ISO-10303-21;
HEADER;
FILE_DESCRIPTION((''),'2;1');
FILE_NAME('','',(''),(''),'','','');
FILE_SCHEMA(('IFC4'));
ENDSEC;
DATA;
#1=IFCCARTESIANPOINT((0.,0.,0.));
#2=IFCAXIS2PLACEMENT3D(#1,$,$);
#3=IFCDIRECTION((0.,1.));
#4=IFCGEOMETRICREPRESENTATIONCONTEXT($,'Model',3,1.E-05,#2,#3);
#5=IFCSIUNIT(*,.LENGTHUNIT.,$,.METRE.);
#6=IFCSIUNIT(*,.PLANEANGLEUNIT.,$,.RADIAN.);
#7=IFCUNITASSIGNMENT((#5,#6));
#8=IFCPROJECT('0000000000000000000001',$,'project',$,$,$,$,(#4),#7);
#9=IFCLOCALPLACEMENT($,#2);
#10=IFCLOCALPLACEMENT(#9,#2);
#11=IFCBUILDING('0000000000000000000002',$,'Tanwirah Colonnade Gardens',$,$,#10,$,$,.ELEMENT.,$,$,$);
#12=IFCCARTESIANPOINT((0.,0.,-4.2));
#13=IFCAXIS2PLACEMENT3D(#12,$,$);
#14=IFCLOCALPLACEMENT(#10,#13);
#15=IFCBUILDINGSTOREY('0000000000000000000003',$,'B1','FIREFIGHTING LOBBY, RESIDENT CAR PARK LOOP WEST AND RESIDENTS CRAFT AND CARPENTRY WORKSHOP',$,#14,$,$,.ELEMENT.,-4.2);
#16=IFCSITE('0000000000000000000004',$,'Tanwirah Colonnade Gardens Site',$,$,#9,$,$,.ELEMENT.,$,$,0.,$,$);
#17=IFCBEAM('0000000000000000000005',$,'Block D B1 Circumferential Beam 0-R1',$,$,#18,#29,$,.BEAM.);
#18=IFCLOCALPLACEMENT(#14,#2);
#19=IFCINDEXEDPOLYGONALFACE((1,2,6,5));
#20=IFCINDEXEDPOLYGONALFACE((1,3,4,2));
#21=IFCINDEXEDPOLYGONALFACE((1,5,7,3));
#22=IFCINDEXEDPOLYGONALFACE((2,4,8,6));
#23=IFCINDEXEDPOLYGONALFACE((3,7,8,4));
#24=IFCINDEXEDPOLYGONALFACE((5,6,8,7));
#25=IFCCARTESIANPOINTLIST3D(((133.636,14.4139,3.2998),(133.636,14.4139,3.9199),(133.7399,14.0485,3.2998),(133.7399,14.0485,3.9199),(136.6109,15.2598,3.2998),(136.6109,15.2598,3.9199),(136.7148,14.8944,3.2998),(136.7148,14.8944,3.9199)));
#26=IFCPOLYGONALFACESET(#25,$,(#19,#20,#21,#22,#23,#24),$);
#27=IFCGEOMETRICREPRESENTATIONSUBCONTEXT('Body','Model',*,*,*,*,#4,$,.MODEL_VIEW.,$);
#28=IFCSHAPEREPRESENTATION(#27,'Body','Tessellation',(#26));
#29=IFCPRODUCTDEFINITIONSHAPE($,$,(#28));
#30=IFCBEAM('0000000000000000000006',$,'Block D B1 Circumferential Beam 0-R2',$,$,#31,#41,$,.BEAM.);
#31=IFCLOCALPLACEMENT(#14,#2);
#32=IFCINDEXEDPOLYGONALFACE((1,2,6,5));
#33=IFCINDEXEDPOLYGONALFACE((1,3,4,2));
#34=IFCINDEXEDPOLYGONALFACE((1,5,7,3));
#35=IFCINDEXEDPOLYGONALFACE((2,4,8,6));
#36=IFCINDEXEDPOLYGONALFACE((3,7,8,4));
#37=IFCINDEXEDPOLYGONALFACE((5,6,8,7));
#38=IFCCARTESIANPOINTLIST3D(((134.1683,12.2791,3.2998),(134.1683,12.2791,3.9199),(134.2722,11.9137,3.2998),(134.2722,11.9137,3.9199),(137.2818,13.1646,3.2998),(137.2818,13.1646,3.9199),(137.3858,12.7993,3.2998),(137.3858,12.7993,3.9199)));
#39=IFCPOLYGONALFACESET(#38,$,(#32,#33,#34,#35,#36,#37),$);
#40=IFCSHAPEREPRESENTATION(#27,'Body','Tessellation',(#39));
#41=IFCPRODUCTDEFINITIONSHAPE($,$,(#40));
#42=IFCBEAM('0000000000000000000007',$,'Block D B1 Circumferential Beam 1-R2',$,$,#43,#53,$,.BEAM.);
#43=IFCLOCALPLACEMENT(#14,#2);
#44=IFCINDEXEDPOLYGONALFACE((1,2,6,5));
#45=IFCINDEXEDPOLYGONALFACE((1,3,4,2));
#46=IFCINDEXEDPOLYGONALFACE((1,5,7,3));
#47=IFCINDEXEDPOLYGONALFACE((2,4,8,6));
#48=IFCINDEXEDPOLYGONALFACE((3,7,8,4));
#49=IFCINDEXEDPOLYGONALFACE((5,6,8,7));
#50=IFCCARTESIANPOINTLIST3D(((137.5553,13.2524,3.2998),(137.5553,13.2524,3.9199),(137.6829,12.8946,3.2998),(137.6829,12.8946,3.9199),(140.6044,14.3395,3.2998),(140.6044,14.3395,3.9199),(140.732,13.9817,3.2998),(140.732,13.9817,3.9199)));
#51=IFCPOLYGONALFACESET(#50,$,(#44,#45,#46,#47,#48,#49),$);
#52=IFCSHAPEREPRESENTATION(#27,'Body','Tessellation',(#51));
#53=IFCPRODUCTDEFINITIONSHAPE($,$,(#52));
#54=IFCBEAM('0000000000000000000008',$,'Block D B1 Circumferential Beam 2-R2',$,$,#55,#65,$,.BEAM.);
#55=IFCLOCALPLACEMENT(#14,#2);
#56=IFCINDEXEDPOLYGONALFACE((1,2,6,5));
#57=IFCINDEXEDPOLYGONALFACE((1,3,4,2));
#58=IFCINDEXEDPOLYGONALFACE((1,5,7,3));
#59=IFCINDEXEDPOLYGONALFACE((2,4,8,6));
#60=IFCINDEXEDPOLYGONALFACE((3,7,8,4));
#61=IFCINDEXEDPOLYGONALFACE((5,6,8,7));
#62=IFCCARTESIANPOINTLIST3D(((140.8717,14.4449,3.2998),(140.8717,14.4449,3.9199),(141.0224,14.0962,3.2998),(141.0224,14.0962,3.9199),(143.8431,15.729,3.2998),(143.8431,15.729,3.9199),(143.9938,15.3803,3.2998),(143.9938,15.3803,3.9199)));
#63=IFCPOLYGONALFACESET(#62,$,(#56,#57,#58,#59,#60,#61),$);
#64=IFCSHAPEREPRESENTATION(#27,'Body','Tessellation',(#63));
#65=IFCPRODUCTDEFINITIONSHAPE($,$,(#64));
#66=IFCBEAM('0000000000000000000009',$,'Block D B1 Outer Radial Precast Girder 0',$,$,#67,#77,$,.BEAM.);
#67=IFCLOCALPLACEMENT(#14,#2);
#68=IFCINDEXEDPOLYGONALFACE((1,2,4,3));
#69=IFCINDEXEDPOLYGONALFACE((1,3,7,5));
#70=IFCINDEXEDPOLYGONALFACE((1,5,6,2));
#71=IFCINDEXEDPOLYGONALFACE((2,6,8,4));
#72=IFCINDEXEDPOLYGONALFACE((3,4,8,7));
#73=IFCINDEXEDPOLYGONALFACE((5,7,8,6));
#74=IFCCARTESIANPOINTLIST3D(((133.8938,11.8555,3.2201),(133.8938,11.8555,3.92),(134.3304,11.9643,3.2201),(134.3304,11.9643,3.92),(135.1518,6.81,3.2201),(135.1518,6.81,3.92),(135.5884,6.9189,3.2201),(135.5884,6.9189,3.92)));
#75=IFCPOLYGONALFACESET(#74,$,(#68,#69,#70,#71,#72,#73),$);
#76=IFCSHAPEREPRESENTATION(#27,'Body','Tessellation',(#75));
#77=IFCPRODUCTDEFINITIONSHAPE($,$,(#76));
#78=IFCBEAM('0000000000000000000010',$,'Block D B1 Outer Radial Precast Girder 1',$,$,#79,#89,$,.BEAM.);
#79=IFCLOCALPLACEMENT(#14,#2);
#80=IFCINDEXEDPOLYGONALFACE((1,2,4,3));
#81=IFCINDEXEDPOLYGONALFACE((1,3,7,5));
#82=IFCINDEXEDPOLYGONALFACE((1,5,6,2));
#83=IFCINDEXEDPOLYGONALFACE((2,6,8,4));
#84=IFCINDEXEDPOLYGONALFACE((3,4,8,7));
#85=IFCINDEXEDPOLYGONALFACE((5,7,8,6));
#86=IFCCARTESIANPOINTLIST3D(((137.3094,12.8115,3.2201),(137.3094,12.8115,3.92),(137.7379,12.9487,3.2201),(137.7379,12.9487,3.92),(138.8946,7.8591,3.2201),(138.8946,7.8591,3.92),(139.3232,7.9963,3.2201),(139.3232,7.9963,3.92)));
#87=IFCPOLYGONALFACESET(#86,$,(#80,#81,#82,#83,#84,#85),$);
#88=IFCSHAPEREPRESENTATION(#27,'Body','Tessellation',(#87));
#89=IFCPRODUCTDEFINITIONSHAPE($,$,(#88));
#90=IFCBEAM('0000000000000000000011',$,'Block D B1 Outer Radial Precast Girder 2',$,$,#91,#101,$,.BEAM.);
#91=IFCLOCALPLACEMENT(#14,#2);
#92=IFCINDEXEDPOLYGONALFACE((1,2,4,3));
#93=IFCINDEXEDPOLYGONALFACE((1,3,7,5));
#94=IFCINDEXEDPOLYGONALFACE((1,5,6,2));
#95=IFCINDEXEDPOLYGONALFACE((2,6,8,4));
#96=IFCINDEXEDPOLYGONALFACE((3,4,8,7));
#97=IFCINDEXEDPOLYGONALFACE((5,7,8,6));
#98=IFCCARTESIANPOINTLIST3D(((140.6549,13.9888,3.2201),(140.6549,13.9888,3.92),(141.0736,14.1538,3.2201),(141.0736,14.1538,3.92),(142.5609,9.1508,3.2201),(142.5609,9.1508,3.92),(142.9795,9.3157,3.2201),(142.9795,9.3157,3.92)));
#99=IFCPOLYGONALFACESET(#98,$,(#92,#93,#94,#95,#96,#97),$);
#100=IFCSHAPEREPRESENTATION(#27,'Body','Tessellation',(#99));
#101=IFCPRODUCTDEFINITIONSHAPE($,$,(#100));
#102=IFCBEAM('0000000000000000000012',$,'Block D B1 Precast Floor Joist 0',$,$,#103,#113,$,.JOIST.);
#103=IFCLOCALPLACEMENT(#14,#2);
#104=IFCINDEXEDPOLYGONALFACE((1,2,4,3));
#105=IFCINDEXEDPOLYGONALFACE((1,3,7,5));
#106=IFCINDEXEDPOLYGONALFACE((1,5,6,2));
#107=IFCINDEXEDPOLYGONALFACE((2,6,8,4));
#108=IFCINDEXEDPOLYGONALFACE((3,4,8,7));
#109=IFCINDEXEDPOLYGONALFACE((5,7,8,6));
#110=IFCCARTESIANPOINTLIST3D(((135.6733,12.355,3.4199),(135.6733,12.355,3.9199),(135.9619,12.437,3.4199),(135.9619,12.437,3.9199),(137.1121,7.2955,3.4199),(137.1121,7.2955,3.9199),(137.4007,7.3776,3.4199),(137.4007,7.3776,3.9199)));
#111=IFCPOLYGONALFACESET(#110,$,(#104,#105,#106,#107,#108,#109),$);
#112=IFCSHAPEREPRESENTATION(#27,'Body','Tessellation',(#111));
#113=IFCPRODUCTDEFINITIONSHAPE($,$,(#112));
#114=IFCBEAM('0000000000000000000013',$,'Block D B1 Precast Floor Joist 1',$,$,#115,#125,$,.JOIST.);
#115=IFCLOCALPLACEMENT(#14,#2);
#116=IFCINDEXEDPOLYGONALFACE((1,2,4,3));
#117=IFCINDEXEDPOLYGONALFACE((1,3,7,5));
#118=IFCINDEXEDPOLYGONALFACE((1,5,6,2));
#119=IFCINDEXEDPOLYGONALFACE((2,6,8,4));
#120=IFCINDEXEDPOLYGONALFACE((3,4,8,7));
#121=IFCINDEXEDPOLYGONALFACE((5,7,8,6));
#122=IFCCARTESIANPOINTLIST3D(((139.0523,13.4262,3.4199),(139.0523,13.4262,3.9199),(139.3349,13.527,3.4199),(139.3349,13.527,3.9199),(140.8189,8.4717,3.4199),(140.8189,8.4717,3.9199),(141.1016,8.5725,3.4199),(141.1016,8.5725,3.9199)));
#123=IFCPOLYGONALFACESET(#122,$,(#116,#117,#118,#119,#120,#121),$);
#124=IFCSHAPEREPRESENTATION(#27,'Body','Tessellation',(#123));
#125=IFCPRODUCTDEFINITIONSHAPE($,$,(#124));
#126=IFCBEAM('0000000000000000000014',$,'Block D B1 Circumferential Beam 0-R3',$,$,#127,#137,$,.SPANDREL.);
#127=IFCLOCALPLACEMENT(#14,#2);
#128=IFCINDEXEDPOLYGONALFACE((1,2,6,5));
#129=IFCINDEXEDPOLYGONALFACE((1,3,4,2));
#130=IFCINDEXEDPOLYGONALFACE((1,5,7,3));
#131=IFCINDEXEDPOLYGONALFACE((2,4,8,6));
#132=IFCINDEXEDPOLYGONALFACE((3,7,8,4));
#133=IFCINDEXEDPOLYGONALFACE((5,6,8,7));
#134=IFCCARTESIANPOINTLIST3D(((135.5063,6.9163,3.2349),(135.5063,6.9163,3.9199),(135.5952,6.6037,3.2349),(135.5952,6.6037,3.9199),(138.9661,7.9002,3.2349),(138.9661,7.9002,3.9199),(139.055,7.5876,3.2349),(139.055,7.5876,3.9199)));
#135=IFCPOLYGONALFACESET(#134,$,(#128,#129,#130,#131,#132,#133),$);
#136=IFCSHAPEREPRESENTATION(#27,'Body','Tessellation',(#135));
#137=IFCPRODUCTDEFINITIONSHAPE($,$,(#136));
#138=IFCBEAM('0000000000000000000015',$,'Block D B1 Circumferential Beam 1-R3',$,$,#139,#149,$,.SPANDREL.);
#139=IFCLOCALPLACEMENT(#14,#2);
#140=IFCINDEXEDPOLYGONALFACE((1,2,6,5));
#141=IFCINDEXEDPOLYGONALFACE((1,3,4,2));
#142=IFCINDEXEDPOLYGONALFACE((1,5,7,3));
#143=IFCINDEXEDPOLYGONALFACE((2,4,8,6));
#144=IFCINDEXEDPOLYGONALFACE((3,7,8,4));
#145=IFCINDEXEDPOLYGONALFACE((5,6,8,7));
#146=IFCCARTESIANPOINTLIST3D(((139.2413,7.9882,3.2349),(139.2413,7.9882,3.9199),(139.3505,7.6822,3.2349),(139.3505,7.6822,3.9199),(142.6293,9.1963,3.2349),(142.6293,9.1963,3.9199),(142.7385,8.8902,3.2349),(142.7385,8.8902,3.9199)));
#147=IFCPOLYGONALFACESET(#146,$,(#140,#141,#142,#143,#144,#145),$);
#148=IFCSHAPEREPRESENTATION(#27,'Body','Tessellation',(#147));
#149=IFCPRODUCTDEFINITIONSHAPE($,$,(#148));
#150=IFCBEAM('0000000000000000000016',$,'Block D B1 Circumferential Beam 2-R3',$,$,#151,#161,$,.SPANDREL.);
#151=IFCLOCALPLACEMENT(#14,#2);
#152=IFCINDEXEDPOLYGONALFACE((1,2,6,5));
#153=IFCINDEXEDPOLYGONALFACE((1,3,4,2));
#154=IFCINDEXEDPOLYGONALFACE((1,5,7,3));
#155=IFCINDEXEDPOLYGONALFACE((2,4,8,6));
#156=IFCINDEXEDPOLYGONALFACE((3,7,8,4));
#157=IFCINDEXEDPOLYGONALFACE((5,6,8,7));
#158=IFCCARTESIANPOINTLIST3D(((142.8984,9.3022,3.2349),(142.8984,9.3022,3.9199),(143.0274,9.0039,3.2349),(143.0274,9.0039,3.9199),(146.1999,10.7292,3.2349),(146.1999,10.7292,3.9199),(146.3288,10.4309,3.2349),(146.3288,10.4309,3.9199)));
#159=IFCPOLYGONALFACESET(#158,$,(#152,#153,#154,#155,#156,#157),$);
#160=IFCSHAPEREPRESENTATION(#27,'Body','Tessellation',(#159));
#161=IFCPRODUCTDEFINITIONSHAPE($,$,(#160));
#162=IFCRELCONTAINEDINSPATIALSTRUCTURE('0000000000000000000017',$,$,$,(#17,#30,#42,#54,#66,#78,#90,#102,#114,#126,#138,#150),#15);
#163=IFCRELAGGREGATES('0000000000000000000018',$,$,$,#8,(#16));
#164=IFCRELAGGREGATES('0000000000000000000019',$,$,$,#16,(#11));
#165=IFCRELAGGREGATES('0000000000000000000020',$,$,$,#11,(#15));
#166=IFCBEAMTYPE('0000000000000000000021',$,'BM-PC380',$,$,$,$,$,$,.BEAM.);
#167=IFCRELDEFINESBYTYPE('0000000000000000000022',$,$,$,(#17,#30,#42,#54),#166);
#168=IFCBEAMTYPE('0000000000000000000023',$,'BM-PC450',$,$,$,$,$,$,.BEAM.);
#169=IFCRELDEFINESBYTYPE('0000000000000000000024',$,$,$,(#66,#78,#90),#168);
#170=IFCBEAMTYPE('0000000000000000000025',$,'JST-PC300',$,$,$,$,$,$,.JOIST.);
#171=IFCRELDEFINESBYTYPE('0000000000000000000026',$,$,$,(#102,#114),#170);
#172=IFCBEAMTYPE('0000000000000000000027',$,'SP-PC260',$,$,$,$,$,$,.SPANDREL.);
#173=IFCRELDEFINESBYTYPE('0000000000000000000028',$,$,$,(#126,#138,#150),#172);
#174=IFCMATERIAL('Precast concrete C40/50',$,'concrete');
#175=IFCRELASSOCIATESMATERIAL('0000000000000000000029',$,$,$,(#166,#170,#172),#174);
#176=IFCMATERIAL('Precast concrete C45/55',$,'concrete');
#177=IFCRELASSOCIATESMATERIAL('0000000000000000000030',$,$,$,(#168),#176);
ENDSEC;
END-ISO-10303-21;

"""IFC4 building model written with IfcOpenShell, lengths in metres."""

from ifc_helpers import new_model, si_unit, direction, frame, origin, origin_2d, place, context, subcontext, project, spatial, rectangle, extrude, material, material_profile, profile_set, type_object, element, save


model = new_model("IFC4")

# Units and contexts
model_context = context("Model", 3, precision=1e-05, world=origin(), true_north=direction((0.0, 1.0)))
body_context = subcontext(model_context, "Body", "Model", "MODEL_VIEW")
ifc_project = project(units=[si_unit("LENGTHUNIT", "METRE"), si_unit("PLANEANGLEUNIT", "RADIAN")], contexts=[model_context])

# Site, building, storey
site_placement = place(None, origin())
site = spatial("IfcSite", under=ifc_project, at=site_placement, Name="Tanwirah Colonnade Gardens Site", CompositionType="ELEMENT", RefElevation=0.0)
building_placement = place(site_placement, origin())
building = spatial("IfcBuilding", under=site, at=building_placement, Name="Tanwirah Colonnade Gardens", CompositionType="ELEMENT")
storey_placement = place(building_placement, frame((0.0, 0.0, -4.2)))
storey = spatial("IfcBuildingStorey", under=building, at=storey_placement, Name="B1", Description="FIREFIGHTING LOBBY, RESIDENT CAR PARK LOOP WEST AND RESIDENTS CRAFT AND CARPENTRY WORKSHOP", CompositionType="ELEMENT", Elevation=-4.2)

# Beams
ifc_material_1 = material(Name="Precast concrete C40/50", Category="concrete")
ifc_material_profile_1 = material_profile(ifc_material_1, rectangle(XDim=0.3799, YDim=0.6201, at=origin_2d()), Name="PC-BM 380x620")
ifc_profile_set_1 = profile_set([ifc_material_profile_1], Name="Precast concrete C40/50")
beam_type_1 = type_object("IfcBeamType", Name="BM-PC380", PredefinedType="BEAM", material=ifc_profile_set_1)
beam_1_placement = place(storey_placement, frame((133.688, 14.2312, 3.6099), z_axis=(0.961866, 0.273522, 0.0), x_axis=(-0.273522, 0.961866, 0.0)))
element("IfcBeam", 1, at=beam_1_placement, inside=storey, type_object=beam_type_1, Name="Block D B1 Circumferential Beam 0-R1", PredefinedType="BEAM", context=body_context, shape_type="SweptSolid", body=[
    extrude(rectangle(XDim=0.3799, YDim=0.6201, at=origin_2d()), origin(), (0.0, 0.0, 1.0), 3.0928),
])
for number, where, z_axis, x_axis, name in (
    (2, (134.2202, 12.0964, 3.6099), (0.961856, 0.273555, 0.0), (-0.273555, 0.961856, 0.0), "Block D B1 Circumferential Beam 0-R2"),
    (3, (137.6191, 13.0735, 3.6099), (0.941918, 0.335844, 0.0), (-0.335844, 0.941918, 0.0), "Block D B1 Circumferential Beam 1-R2"),
    (4, (140.947, 14.2705, 3.6099), (0.917943, 0.396712, 0.0), (-0.396712, 0.917943, 0.0), "Block D B1 Circumferential Beam 2-R2"),
):
    element("IfcBeam", number, at=place(storey_placement, frame(where, z_axis=z_axis, x_axis=x_axis)), inside=storey, type_object=beam_type_1, Name=name, PredefinedType="BEAM", context=body_context, shape_type="SweptSolid", body=[
        extrude(rectangle(XDim=0.3799, YDim=0.6201, at=origin_2d()), origin(), (0.0, 0.0, 1.0), 3.2371),
    ])
ifc_material_2 = material(Name="Precast concrete C45/55", Category="concrete")
ifc_material_profile_2 = material_profile(ifc_material_2, rectangle(XDim=0.45, YDim=0.7, at=origin_2d()), Name="PC-BM 450x700")
ifc_profile_set_2 = profile_set([ifc_material_profile_2], Name="Precast concrete C45/55")
beam_type_2 = type_object("IfcBeamType", Name="BM-PC450", PredefinedType="BEAM", material=ifc_profile_set_2)
for number, where, z_axis, x_axis, name in (
    (5, (134.1121, 11.9099, 3.5701), (0.241939, -0.970291, 0.0), (0.970291, 0.241939, 0.0), "Block D B1 Outer Radial Precast Girder 0"),
    (6, (137.5237, 12.8801, 3.5701), (0.304852, -0.9524, 0.0), (0.9524, 0.304852, 0.0), "Block D B1 Outer Radial Precast Girder 1"),
    (7, (140.8643, 14.0713, 3.5701), (0.366537, -0.930404, 0.0), (0.930404, 0.366537, 0.0), "Block D B1 Outer Radial Precast Girder 2"),
):
    element("IfcBeam", number, at=place(storey_placement, frame(where, z_axis=z_axis, x_axis=x_axis)), inside=storey, type_object=beam_type_2, Name=name, PredefinedType="BEAM", context=body_context, shape_type="SweptSolid", body=[
        extrude(rectangle(XDim=0.45, YDim=0.7, at=origin_2d()), origin(), (0.0, 0.0, 1.0), 5.2),
    ])
ifc_material_profile_3 = material_profile(ifc_material_1, rectangle(XDim=0.3, YDim=0.5, at=origin_2d()), Name="PC-JST 300x500")
ifc_profile_set_3 = profile_set([ifc_material_profile_3], Name="Precast concrete C40/50")
beam_type_3 = type_object("IfcBeamType", Name="JST-PC300", PredefinedType="JOIST", material=ifc_profile_set_3)
for number, where, z_axis, x_axis, name in (
    (8, (135.8176, 12.396, 3.6699), (0.273526, -0.961865, 0.0), (0.961865, 0.273526, 0.0), "Block D B1 Precast Floor Joist 0"),
    (9, (139.1936, 13.4766, 3.6699), (0.335863, -0.941911, 0.0), (0.941911, 0.335863, 0.0), "Block D B1 Precast Floor Joist 1"),
):
    element("IfcBeam", number, at=place(storey_placement, frame(where, z_axis=z_axis, x_axis=x_axis)), inside=storey, type_object=beam_type_3, Name=name, PredefinedType="JOIST", context=body_context, shape_type="SweptSolid", body=[
        extrude(rectangle(XDim=0.3, YDim=0.5, at=origin_2d()), origin(), (0.0, 0.0, 1.0), 5.26),
    ])
ifc_material_profile_4 = material_profile(ifc_material_1, rectangle(XDim=0.325, YDim=0.6851, at=origin_2d()), Name="PC-SP 325x685")
ifc_profile_set_4 = profile_set([ifc_material_profile_4], Name="Precast concrete C40/50")
beam_type_4 = type_object("IfcBeamType", Name="SP-PC260", PredefinedType="SPANDREL", material=ifc_profile_set_4)
for number, where, z_axis, x_axis, name in (
    (10, (135.5508, 6.76, 3.5774), (0.961861, 0.273538, 0.0), (-0.273538, 0.961861, 0.0), "Block D B1 Circumferential Beam 0-R3"),
    (11, (139.2959, 7.8352, 3.5774), (0.941915, 0.33585, 0.0), (-0.33585, 0.941915, 0.0), "Block D B1 Circumferential Beam 1-R3"),
):
    element("IfcBeam", number, at=place(storey_placement, frame(where, z_axis=z_axis, x_axis=x_axis)), inside=storey, type_object=beam_type_4, Name=name, PredefinedType="SPANDREL", context=body_context, shape_type="SweptSolid", body=[
        extrude(rectangle(XDim=0.325, YDim=0.6851, at=origin_2d()), origin(), (0.0, 0.0, 1.0), 3.5969),
    ])
beam_2_placement = place(storey_placement, frame((142.9629, 9.1531, 3.5774), z_axis=(0.917926, 0.396752, 0.0), x_axis=(-0.396752, 0.917926, 0.0)))
element("IfcBeam", 12, at=beam_2_placement, inside=storey, type_object=beam_type_4, Name="Block D B1 Circumferential Beam 2-R3", PredefinedType="SPANDREL", context=body_context, shape_type="SweptSolid", body=[
    extrude(rectangle(XDim=0.325, YDim=0.6851, at=origin_2d()), origin(), (0.0, 0.0, 1.0), 3.5967),
])

save(model, "model.ifc")
